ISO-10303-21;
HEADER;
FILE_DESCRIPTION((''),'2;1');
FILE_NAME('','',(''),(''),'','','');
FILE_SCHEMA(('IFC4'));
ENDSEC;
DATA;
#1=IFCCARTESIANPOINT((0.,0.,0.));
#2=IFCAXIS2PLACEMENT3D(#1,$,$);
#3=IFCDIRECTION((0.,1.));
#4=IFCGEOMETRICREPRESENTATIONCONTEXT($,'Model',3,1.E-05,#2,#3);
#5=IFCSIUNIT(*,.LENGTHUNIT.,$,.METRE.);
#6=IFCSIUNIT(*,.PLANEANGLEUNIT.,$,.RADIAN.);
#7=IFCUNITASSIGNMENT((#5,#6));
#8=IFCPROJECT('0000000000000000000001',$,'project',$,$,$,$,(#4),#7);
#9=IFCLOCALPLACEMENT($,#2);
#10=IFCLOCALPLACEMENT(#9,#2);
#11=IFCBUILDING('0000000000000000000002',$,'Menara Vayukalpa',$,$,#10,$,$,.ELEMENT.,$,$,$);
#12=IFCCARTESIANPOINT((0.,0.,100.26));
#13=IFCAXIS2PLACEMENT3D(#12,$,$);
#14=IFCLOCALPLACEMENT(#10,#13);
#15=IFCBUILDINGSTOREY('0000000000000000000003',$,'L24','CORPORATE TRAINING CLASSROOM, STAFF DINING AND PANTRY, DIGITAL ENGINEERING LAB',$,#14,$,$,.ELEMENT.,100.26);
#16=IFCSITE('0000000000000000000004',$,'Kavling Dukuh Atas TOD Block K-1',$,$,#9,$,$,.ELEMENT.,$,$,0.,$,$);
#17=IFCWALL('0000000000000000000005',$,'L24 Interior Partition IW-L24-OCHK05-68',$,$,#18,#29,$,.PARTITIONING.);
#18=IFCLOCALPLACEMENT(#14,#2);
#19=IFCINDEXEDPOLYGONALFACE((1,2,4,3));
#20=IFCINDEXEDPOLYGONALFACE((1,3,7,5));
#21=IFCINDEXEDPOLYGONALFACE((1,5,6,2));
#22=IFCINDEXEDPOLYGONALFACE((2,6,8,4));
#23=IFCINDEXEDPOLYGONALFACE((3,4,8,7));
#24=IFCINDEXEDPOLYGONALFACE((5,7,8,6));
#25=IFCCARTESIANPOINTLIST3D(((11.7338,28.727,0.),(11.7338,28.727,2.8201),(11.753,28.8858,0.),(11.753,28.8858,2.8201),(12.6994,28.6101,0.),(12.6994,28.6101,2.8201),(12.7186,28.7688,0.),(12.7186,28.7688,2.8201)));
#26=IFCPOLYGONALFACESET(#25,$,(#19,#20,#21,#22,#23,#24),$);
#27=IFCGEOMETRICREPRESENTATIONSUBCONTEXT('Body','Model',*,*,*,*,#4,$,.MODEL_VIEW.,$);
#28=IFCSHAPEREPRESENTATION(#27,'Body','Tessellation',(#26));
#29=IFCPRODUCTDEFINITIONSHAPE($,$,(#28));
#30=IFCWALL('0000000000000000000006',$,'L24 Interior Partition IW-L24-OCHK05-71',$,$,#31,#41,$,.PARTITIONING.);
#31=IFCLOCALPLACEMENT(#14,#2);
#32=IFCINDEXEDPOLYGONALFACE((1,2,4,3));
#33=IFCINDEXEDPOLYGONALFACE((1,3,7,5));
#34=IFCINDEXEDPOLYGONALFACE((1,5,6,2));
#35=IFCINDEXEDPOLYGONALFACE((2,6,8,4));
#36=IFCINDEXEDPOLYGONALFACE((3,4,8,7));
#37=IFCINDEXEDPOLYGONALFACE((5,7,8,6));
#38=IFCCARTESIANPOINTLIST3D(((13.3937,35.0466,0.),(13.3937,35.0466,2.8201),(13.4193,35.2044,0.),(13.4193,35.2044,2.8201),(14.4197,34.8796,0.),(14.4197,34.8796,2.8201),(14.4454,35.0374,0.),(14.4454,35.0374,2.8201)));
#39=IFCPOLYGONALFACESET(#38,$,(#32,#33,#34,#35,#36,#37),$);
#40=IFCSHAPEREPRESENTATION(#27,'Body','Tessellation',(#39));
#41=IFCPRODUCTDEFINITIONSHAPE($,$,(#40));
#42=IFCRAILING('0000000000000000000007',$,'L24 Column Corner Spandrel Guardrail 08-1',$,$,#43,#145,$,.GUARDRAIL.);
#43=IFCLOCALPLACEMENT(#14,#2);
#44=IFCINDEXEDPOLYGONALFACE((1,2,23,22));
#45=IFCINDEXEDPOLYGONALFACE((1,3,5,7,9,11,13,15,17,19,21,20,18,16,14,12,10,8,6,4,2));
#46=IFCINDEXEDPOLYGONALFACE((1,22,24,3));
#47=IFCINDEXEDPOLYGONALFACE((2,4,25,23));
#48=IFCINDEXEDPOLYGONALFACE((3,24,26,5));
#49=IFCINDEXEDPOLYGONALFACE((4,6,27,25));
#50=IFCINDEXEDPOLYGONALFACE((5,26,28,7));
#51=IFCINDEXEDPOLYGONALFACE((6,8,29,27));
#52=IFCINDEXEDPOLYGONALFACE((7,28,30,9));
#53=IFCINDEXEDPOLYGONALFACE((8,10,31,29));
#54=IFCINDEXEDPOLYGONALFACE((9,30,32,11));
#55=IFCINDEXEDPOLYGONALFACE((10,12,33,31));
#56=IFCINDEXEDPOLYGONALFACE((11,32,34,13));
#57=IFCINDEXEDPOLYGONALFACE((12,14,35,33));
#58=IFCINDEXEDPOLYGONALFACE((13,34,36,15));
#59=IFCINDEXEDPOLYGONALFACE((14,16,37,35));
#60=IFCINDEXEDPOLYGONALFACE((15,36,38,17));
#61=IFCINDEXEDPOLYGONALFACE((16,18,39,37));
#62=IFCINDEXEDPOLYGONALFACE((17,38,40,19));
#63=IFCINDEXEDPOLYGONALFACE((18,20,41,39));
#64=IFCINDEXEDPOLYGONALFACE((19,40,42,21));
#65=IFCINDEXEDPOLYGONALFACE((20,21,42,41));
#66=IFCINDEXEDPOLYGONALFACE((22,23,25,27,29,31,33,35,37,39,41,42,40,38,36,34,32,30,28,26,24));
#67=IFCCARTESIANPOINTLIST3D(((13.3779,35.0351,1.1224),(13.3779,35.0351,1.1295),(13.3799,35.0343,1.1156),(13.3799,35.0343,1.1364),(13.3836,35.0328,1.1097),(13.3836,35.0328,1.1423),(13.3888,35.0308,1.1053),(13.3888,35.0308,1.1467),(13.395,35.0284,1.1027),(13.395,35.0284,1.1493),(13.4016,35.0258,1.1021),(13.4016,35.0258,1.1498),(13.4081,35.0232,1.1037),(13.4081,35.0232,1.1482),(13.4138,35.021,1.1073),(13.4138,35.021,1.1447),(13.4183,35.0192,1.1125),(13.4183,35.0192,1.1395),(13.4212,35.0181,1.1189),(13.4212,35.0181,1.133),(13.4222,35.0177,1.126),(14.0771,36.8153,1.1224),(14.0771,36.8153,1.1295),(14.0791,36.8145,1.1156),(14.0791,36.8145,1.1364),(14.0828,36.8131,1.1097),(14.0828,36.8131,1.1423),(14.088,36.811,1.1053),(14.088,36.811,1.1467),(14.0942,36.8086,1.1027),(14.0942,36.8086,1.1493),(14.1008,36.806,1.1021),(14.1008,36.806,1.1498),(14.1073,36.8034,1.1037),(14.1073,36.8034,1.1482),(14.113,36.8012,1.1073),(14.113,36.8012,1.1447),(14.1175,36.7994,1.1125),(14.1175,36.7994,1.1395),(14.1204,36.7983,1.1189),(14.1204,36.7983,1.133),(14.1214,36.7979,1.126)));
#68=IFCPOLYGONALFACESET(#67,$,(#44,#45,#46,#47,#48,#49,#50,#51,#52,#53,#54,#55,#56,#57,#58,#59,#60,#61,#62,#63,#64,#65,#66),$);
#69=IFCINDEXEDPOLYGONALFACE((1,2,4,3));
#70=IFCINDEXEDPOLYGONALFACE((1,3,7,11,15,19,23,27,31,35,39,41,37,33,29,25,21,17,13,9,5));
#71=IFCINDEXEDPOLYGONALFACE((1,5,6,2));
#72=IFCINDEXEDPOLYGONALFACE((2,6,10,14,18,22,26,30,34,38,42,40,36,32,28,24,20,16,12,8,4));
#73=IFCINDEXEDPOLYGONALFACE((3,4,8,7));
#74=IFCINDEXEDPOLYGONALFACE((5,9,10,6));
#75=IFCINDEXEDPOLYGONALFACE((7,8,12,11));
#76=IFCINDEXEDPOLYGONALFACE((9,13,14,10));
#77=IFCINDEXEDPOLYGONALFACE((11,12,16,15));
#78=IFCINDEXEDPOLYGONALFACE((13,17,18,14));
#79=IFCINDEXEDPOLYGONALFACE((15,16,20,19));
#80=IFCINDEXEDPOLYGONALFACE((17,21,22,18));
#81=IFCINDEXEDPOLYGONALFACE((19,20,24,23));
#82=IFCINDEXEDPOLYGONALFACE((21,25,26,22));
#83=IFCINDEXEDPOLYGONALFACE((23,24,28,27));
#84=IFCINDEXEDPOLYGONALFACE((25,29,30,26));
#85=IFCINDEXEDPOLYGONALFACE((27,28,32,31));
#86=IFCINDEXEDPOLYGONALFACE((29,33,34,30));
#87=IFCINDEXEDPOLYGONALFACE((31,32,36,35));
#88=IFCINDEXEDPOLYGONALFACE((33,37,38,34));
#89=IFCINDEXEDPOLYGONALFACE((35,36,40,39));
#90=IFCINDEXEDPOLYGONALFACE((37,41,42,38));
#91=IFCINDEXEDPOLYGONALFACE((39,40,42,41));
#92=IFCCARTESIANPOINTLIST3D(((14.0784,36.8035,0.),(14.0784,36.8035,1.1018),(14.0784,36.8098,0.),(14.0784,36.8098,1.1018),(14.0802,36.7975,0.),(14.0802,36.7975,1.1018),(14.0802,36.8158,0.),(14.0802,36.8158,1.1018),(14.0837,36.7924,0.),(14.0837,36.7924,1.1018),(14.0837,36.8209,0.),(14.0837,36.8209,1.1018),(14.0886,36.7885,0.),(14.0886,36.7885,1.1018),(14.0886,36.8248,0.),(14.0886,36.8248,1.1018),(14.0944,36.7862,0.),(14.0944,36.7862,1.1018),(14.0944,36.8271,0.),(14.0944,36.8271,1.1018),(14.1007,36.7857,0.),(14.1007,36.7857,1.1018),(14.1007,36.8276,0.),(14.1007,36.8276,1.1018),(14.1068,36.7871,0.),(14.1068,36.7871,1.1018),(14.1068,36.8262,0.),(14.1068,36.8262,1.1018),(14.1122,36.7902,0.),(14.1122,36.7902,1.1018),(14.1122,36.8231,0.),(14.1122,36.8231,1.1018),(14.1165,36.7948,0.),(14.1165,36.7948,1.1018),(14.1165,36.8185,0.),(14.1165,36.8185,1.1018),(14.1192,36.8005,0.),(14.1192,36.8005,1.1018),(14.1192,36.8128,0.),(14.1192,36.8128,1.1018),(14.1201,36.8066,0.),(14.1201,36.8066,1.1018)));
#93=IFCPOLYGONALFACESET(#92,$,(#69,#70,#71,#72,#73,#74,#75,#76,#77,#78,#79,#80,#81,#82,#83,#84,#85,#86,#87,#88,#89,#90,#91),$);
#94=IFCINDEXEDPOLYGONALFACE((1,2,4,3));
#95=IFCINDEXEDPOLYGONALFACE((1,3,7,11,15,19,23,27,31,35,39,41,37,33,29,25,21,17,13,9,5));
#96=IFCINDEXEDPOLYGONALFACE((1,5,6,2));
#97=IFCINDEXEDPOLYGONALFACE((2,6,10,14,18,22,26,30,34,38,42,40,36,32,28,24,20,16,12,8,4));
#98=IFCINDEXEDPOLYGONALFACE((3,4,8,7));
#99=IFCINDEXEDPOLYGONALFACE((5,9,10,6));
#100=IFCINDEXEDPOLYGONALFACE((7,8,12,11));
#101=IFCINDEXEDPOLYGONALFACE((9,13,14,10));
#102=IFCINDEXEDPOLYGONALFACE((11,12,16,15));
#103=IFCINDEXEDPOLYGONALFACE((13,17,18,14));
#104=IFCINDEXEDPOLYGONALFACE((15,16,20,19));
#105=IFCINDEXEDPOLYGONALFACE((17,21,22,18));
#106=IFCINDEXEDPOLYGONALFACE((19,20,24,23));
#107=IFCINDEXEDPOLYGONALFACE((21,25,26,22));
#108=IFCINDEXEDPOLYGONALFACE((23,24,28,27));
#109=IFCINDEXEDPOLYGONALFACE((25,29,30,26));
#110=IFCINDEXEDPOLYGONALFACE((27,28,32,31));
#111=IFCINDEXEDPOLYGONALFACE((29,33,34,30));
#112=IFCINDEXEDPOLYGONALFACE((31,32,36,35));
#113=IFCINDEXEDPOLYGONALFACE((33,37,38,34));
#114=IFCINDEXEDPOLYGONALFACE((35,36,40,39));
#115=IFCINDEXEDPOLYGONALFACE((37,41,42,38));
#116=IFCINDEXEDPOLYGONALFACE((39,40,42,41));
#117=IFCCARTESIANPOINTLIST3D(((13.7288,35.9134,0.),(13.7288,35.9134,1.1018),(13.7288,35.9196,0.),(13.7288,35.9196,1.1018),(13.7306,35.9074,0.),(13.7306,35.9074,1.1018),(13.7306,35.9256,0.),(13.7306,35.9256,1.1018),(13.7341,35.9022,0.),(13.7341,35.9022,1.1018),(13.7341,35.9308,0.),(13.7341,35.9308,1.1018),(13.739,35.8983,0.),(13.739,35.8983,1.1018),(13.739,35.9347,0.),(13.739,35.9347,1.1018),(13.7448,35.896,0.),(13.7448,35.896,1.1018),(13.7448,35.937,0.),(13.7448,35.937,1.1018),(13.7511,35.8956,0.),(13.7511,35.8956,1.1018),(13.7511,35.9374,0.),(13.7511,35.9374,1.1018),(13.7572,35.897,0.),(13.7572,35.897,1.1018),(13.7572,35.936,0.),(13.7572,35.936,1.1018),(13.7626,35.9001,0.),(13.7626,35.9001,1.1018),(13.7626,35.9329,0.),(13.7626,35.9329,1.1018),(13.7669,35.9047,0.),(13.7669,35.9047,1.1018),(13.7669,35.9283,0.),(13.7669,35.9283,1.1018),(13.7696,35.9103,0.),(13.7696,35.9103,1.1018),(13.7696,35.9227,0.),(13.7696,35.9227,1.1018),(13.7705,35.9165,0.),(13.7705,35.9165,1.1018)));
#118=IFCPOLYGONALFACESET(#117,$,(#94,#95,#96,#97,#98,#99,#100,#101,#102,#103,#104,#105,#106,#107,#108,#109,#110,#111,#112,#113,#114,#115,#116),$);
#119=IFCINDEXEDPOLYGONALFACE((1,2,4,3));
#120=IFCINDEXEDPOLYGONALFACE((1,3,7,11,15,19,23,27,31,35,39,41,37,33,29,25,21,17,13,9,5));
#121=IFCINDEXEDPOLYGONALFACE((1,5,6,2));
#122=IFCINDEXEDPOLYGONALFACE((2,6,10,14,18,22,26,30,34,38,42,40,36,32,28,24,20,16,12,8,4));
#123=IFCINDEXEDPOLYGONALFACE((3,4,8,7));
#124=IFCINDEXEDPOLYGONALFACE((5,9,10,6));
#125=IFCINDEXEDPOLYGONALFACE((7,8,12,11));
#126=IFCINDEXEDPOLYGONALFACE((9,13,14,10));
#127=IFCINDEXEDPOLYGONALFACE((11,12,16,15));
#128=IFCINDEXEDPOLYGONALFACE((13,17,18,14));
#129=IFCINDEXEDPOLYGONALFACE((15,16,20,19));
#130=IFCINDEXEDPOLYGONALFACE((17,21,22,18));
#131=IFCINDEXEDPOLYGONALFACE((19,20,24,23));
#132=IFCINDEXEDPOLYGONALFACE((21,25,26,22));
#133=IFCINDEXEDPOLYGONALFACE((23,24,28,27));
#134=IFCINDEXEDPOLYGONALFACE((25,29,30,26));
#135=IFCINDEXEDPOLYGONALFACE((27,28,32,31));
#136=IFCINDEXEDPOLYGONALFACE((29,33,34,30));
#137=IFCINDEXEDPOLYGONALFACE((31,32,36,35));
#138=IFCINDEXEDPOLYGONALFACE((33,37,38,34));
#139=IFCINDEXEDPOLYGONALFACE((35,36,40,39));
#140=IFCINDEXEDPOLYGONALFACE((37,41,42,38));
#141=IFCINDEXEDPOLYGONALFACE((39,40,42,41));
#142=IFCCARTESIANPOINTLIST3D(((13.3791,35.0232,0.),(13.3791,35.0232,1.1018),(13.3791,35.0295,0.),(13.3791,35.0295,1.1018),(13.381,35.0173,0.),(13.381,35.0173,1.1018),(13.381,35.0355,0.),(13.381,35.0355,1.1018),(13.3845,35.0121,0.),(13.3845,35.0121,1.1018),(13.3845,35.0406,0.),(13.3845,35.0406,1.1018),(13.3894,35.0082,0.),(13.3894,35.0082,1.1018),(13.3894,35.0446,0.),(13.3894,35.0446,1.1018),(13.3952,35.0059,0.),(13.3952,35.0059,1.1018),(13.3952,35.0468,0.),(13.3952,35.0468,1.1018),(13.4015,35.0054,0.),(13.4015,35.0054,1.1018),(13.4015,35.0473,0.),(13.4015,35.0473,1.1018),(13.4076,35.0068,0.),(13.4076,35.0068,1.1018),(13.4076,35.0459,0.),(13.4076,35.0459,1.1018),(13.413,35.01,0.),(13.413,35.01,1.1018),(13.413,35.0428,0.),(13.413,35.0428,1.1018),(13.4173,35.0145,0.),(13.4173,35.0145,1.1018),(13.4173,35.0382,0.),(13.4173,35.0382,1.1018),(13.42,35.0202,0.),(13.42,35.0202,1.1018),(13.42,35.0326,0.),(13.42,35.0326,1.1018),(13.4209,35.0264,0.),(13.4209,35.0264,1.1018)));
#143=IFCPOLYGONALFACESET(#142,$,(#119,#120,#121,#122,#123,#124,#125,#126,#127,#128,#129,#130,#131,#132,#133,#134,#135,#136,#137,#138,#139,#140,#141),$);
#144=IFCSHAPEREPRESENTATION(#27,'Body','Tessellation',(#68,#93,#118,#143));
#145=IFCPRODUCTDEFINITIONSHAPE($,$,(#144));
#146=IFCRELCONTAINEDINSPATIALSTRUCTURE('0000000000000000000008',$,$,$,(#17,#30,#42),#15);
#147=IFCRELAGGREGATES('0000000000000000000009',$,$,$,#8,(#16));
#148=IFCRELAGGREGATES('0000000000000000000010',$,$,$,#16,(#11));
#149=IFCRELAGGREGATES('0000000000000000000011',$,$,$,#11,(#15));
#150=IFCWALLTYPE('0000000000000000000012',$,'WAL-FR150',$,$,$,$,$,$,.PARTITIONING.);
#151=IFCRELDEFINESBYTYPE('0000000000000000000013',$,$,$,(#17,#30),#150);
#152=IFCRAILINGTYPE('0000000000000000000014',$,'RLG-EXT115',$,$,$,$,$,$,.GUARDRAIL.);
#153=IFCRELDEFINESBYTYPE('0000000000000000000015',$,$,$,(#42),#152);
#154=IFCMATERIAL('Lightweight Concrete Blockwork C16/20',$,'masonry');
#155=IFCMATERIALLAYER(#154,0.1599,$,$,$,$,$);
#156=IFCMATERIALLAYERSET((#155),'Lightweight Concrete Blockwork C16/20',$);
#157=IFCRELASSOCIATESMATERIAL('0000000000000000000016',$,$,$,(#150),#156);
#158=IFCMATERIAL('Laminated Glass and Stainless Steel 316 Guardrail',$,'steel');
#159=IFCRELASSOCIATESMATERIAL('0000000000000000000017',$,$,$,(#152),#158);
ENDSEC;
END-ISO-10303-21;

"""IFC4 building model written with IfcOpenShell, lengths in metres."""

from ifc_helpers import new_model, si_unit, direction, frame, frame_2d, origin, origin_2d, place, context, subcontext, project, spatial, rectangle, circle, extrude, material, layer, layer_set, type_object, element, save


model = new_model("IFC4")

# Units and contexts
model_context = context("Model", 3, precision=1e-05, world=origin(), true_north=direction((0.0, 1.0)))
body_context = subcontext(model_context, "Body", "Model", "MODEL_VIEW")
ifc_project = project(units=[si_unit("LENGTHUNIT", "METRE"), si_unit("PLANEANGLEUNIT", "RADIAN")], contexts=[model_context])

# Site, building, storey
site_placement = place(None, origin())
site = spatial("IfcSite", under=ifc_project, at=site_placement, Name="Kavling Dukuh Atas TOD Block K-1", CompositionType="ELEMENT", RefElevation=0.0)
building_placement = place(site_placement, origin())
building = spatial("IfcBuilding", under=site, at=building_placement, Name="Menara Vayukalpa", CompositionType="ELEMENT")
storey_placement = place(building_placement, frame((0.0, 0.0, 100.26)))
storey = spatial("IfcBuildingStorey", under=building, at=storey_placement, Name="L24", Description="CORPORATE TRAINING CLASSROOM, STAFF DINING AND PANTRY, DIGITAL ENGINEERING LAB", CompositionType="ELEMENT", Elevation=100.26)

# Walls
ifc_material_1 = material(Name="Lightweight Concrete Blockwork C16/20", Category="masonry")
ifc_layer_1 = layer(ifc_material_1, 0.1599)
ifc_layer_set_1 = layer_set([ifc_layer_1], Name="Lightweight Concrete Blockwork C16/20")
wall_type_1 = type_object("IfcWallType", Name="WAL-FR150", PredefinedType="PARTITIONING", material=ifc_layer_set_1)
wall_1_placement = place(storey_placement, frame((12.709, 28.6895, 0.0), z_axis=(0.0, 0.0, 1.0), x_axis=(-0.992746, 0.120234, 0.0)))
element("IfcWall", 1, at=wall_1_placement, inside=storey, type_object=wall_type_1, Name="L24 Interior Partition IW-L24-OCHK05-68", PredefinedType="PARTITIONING", context=body_context, shape_type="SweptSolid", body=[
    extrude(rectangle(XDim=0.9727, YDim=0.1599, at=frame_2d((0.4863, 0.0))), origin(), (0.0, 0.0, 1.0), 2.8201),
])
wall_2_placement = place(storey_placement, frame((13.4065, 35.1255, 0.0), z_axis=(0.0, 0.0, 1.0), x_axis=(0.987015, -0.160628, 0.0)))
element("IfcWall", 2, at=wall_2_placement, inside=storey, type_object=wall_type_1, Name="L24 Interior Partition IW-L24-OCHK05-71", PredefinedType="PARTITIONING", context=body_context, shape_type="SweptSolid", body=[
    extrude(rectangle(XDim=1.0396, YDim=0.1599, at=frame_2d((0.5198, 0.0))), origin(), (0.0, 0.0, 1.0), 2.8201),
])

# Railing
ifc_material_2 = material(Name="Laminated Glass and Stainless Steel 316 Guardrail", Category="steel")
railing_type = type_object("IfcRailingType", Name="RLG-EXT115", PredefinedType="GUARDRAIL", material=ifc_material_2)
railing_1_placement = place(storey_placement, frame((14.0991, 36.8066, 0.0)))
element("IfcRailing", 3, at=railing_1_placement, inside=storey, type_object=railing_type, Name="L24 Column Corner Spandrel Guardrail 08-1", PredefinedType="GUARDRAIL", context=body_context, shape_type="SweptSolid", body=[
    extrude(circle(Radius=0.0239, at=origin_2d()), frame((0.0, 0.0, 1.126), z_axis=(-0.365573, -0.930783, 0.0), x_axis=(0.930783, -0.365573, 0.0)), (0.0, 0.0, 1.0), 1.9126),
    extrude(circle(Radius=0.021, at=origin_2d()), origin(), (0.0, 0.0, 1.0), 1.1018),
    extrude(circle(Radius=0.021, at=origin_2d()), frame((-0.3496, -0.8901, 0.0)), (0.0, 0.0, 1.0), 1.1018),
    extrude(circle(Radius=0.021, at=origin_2d()), frame((-0.6992, -1.7803, 0.0)), (0.0, 0.0, 1.0), 1.1018),
])

save(model, "model.ifc")
